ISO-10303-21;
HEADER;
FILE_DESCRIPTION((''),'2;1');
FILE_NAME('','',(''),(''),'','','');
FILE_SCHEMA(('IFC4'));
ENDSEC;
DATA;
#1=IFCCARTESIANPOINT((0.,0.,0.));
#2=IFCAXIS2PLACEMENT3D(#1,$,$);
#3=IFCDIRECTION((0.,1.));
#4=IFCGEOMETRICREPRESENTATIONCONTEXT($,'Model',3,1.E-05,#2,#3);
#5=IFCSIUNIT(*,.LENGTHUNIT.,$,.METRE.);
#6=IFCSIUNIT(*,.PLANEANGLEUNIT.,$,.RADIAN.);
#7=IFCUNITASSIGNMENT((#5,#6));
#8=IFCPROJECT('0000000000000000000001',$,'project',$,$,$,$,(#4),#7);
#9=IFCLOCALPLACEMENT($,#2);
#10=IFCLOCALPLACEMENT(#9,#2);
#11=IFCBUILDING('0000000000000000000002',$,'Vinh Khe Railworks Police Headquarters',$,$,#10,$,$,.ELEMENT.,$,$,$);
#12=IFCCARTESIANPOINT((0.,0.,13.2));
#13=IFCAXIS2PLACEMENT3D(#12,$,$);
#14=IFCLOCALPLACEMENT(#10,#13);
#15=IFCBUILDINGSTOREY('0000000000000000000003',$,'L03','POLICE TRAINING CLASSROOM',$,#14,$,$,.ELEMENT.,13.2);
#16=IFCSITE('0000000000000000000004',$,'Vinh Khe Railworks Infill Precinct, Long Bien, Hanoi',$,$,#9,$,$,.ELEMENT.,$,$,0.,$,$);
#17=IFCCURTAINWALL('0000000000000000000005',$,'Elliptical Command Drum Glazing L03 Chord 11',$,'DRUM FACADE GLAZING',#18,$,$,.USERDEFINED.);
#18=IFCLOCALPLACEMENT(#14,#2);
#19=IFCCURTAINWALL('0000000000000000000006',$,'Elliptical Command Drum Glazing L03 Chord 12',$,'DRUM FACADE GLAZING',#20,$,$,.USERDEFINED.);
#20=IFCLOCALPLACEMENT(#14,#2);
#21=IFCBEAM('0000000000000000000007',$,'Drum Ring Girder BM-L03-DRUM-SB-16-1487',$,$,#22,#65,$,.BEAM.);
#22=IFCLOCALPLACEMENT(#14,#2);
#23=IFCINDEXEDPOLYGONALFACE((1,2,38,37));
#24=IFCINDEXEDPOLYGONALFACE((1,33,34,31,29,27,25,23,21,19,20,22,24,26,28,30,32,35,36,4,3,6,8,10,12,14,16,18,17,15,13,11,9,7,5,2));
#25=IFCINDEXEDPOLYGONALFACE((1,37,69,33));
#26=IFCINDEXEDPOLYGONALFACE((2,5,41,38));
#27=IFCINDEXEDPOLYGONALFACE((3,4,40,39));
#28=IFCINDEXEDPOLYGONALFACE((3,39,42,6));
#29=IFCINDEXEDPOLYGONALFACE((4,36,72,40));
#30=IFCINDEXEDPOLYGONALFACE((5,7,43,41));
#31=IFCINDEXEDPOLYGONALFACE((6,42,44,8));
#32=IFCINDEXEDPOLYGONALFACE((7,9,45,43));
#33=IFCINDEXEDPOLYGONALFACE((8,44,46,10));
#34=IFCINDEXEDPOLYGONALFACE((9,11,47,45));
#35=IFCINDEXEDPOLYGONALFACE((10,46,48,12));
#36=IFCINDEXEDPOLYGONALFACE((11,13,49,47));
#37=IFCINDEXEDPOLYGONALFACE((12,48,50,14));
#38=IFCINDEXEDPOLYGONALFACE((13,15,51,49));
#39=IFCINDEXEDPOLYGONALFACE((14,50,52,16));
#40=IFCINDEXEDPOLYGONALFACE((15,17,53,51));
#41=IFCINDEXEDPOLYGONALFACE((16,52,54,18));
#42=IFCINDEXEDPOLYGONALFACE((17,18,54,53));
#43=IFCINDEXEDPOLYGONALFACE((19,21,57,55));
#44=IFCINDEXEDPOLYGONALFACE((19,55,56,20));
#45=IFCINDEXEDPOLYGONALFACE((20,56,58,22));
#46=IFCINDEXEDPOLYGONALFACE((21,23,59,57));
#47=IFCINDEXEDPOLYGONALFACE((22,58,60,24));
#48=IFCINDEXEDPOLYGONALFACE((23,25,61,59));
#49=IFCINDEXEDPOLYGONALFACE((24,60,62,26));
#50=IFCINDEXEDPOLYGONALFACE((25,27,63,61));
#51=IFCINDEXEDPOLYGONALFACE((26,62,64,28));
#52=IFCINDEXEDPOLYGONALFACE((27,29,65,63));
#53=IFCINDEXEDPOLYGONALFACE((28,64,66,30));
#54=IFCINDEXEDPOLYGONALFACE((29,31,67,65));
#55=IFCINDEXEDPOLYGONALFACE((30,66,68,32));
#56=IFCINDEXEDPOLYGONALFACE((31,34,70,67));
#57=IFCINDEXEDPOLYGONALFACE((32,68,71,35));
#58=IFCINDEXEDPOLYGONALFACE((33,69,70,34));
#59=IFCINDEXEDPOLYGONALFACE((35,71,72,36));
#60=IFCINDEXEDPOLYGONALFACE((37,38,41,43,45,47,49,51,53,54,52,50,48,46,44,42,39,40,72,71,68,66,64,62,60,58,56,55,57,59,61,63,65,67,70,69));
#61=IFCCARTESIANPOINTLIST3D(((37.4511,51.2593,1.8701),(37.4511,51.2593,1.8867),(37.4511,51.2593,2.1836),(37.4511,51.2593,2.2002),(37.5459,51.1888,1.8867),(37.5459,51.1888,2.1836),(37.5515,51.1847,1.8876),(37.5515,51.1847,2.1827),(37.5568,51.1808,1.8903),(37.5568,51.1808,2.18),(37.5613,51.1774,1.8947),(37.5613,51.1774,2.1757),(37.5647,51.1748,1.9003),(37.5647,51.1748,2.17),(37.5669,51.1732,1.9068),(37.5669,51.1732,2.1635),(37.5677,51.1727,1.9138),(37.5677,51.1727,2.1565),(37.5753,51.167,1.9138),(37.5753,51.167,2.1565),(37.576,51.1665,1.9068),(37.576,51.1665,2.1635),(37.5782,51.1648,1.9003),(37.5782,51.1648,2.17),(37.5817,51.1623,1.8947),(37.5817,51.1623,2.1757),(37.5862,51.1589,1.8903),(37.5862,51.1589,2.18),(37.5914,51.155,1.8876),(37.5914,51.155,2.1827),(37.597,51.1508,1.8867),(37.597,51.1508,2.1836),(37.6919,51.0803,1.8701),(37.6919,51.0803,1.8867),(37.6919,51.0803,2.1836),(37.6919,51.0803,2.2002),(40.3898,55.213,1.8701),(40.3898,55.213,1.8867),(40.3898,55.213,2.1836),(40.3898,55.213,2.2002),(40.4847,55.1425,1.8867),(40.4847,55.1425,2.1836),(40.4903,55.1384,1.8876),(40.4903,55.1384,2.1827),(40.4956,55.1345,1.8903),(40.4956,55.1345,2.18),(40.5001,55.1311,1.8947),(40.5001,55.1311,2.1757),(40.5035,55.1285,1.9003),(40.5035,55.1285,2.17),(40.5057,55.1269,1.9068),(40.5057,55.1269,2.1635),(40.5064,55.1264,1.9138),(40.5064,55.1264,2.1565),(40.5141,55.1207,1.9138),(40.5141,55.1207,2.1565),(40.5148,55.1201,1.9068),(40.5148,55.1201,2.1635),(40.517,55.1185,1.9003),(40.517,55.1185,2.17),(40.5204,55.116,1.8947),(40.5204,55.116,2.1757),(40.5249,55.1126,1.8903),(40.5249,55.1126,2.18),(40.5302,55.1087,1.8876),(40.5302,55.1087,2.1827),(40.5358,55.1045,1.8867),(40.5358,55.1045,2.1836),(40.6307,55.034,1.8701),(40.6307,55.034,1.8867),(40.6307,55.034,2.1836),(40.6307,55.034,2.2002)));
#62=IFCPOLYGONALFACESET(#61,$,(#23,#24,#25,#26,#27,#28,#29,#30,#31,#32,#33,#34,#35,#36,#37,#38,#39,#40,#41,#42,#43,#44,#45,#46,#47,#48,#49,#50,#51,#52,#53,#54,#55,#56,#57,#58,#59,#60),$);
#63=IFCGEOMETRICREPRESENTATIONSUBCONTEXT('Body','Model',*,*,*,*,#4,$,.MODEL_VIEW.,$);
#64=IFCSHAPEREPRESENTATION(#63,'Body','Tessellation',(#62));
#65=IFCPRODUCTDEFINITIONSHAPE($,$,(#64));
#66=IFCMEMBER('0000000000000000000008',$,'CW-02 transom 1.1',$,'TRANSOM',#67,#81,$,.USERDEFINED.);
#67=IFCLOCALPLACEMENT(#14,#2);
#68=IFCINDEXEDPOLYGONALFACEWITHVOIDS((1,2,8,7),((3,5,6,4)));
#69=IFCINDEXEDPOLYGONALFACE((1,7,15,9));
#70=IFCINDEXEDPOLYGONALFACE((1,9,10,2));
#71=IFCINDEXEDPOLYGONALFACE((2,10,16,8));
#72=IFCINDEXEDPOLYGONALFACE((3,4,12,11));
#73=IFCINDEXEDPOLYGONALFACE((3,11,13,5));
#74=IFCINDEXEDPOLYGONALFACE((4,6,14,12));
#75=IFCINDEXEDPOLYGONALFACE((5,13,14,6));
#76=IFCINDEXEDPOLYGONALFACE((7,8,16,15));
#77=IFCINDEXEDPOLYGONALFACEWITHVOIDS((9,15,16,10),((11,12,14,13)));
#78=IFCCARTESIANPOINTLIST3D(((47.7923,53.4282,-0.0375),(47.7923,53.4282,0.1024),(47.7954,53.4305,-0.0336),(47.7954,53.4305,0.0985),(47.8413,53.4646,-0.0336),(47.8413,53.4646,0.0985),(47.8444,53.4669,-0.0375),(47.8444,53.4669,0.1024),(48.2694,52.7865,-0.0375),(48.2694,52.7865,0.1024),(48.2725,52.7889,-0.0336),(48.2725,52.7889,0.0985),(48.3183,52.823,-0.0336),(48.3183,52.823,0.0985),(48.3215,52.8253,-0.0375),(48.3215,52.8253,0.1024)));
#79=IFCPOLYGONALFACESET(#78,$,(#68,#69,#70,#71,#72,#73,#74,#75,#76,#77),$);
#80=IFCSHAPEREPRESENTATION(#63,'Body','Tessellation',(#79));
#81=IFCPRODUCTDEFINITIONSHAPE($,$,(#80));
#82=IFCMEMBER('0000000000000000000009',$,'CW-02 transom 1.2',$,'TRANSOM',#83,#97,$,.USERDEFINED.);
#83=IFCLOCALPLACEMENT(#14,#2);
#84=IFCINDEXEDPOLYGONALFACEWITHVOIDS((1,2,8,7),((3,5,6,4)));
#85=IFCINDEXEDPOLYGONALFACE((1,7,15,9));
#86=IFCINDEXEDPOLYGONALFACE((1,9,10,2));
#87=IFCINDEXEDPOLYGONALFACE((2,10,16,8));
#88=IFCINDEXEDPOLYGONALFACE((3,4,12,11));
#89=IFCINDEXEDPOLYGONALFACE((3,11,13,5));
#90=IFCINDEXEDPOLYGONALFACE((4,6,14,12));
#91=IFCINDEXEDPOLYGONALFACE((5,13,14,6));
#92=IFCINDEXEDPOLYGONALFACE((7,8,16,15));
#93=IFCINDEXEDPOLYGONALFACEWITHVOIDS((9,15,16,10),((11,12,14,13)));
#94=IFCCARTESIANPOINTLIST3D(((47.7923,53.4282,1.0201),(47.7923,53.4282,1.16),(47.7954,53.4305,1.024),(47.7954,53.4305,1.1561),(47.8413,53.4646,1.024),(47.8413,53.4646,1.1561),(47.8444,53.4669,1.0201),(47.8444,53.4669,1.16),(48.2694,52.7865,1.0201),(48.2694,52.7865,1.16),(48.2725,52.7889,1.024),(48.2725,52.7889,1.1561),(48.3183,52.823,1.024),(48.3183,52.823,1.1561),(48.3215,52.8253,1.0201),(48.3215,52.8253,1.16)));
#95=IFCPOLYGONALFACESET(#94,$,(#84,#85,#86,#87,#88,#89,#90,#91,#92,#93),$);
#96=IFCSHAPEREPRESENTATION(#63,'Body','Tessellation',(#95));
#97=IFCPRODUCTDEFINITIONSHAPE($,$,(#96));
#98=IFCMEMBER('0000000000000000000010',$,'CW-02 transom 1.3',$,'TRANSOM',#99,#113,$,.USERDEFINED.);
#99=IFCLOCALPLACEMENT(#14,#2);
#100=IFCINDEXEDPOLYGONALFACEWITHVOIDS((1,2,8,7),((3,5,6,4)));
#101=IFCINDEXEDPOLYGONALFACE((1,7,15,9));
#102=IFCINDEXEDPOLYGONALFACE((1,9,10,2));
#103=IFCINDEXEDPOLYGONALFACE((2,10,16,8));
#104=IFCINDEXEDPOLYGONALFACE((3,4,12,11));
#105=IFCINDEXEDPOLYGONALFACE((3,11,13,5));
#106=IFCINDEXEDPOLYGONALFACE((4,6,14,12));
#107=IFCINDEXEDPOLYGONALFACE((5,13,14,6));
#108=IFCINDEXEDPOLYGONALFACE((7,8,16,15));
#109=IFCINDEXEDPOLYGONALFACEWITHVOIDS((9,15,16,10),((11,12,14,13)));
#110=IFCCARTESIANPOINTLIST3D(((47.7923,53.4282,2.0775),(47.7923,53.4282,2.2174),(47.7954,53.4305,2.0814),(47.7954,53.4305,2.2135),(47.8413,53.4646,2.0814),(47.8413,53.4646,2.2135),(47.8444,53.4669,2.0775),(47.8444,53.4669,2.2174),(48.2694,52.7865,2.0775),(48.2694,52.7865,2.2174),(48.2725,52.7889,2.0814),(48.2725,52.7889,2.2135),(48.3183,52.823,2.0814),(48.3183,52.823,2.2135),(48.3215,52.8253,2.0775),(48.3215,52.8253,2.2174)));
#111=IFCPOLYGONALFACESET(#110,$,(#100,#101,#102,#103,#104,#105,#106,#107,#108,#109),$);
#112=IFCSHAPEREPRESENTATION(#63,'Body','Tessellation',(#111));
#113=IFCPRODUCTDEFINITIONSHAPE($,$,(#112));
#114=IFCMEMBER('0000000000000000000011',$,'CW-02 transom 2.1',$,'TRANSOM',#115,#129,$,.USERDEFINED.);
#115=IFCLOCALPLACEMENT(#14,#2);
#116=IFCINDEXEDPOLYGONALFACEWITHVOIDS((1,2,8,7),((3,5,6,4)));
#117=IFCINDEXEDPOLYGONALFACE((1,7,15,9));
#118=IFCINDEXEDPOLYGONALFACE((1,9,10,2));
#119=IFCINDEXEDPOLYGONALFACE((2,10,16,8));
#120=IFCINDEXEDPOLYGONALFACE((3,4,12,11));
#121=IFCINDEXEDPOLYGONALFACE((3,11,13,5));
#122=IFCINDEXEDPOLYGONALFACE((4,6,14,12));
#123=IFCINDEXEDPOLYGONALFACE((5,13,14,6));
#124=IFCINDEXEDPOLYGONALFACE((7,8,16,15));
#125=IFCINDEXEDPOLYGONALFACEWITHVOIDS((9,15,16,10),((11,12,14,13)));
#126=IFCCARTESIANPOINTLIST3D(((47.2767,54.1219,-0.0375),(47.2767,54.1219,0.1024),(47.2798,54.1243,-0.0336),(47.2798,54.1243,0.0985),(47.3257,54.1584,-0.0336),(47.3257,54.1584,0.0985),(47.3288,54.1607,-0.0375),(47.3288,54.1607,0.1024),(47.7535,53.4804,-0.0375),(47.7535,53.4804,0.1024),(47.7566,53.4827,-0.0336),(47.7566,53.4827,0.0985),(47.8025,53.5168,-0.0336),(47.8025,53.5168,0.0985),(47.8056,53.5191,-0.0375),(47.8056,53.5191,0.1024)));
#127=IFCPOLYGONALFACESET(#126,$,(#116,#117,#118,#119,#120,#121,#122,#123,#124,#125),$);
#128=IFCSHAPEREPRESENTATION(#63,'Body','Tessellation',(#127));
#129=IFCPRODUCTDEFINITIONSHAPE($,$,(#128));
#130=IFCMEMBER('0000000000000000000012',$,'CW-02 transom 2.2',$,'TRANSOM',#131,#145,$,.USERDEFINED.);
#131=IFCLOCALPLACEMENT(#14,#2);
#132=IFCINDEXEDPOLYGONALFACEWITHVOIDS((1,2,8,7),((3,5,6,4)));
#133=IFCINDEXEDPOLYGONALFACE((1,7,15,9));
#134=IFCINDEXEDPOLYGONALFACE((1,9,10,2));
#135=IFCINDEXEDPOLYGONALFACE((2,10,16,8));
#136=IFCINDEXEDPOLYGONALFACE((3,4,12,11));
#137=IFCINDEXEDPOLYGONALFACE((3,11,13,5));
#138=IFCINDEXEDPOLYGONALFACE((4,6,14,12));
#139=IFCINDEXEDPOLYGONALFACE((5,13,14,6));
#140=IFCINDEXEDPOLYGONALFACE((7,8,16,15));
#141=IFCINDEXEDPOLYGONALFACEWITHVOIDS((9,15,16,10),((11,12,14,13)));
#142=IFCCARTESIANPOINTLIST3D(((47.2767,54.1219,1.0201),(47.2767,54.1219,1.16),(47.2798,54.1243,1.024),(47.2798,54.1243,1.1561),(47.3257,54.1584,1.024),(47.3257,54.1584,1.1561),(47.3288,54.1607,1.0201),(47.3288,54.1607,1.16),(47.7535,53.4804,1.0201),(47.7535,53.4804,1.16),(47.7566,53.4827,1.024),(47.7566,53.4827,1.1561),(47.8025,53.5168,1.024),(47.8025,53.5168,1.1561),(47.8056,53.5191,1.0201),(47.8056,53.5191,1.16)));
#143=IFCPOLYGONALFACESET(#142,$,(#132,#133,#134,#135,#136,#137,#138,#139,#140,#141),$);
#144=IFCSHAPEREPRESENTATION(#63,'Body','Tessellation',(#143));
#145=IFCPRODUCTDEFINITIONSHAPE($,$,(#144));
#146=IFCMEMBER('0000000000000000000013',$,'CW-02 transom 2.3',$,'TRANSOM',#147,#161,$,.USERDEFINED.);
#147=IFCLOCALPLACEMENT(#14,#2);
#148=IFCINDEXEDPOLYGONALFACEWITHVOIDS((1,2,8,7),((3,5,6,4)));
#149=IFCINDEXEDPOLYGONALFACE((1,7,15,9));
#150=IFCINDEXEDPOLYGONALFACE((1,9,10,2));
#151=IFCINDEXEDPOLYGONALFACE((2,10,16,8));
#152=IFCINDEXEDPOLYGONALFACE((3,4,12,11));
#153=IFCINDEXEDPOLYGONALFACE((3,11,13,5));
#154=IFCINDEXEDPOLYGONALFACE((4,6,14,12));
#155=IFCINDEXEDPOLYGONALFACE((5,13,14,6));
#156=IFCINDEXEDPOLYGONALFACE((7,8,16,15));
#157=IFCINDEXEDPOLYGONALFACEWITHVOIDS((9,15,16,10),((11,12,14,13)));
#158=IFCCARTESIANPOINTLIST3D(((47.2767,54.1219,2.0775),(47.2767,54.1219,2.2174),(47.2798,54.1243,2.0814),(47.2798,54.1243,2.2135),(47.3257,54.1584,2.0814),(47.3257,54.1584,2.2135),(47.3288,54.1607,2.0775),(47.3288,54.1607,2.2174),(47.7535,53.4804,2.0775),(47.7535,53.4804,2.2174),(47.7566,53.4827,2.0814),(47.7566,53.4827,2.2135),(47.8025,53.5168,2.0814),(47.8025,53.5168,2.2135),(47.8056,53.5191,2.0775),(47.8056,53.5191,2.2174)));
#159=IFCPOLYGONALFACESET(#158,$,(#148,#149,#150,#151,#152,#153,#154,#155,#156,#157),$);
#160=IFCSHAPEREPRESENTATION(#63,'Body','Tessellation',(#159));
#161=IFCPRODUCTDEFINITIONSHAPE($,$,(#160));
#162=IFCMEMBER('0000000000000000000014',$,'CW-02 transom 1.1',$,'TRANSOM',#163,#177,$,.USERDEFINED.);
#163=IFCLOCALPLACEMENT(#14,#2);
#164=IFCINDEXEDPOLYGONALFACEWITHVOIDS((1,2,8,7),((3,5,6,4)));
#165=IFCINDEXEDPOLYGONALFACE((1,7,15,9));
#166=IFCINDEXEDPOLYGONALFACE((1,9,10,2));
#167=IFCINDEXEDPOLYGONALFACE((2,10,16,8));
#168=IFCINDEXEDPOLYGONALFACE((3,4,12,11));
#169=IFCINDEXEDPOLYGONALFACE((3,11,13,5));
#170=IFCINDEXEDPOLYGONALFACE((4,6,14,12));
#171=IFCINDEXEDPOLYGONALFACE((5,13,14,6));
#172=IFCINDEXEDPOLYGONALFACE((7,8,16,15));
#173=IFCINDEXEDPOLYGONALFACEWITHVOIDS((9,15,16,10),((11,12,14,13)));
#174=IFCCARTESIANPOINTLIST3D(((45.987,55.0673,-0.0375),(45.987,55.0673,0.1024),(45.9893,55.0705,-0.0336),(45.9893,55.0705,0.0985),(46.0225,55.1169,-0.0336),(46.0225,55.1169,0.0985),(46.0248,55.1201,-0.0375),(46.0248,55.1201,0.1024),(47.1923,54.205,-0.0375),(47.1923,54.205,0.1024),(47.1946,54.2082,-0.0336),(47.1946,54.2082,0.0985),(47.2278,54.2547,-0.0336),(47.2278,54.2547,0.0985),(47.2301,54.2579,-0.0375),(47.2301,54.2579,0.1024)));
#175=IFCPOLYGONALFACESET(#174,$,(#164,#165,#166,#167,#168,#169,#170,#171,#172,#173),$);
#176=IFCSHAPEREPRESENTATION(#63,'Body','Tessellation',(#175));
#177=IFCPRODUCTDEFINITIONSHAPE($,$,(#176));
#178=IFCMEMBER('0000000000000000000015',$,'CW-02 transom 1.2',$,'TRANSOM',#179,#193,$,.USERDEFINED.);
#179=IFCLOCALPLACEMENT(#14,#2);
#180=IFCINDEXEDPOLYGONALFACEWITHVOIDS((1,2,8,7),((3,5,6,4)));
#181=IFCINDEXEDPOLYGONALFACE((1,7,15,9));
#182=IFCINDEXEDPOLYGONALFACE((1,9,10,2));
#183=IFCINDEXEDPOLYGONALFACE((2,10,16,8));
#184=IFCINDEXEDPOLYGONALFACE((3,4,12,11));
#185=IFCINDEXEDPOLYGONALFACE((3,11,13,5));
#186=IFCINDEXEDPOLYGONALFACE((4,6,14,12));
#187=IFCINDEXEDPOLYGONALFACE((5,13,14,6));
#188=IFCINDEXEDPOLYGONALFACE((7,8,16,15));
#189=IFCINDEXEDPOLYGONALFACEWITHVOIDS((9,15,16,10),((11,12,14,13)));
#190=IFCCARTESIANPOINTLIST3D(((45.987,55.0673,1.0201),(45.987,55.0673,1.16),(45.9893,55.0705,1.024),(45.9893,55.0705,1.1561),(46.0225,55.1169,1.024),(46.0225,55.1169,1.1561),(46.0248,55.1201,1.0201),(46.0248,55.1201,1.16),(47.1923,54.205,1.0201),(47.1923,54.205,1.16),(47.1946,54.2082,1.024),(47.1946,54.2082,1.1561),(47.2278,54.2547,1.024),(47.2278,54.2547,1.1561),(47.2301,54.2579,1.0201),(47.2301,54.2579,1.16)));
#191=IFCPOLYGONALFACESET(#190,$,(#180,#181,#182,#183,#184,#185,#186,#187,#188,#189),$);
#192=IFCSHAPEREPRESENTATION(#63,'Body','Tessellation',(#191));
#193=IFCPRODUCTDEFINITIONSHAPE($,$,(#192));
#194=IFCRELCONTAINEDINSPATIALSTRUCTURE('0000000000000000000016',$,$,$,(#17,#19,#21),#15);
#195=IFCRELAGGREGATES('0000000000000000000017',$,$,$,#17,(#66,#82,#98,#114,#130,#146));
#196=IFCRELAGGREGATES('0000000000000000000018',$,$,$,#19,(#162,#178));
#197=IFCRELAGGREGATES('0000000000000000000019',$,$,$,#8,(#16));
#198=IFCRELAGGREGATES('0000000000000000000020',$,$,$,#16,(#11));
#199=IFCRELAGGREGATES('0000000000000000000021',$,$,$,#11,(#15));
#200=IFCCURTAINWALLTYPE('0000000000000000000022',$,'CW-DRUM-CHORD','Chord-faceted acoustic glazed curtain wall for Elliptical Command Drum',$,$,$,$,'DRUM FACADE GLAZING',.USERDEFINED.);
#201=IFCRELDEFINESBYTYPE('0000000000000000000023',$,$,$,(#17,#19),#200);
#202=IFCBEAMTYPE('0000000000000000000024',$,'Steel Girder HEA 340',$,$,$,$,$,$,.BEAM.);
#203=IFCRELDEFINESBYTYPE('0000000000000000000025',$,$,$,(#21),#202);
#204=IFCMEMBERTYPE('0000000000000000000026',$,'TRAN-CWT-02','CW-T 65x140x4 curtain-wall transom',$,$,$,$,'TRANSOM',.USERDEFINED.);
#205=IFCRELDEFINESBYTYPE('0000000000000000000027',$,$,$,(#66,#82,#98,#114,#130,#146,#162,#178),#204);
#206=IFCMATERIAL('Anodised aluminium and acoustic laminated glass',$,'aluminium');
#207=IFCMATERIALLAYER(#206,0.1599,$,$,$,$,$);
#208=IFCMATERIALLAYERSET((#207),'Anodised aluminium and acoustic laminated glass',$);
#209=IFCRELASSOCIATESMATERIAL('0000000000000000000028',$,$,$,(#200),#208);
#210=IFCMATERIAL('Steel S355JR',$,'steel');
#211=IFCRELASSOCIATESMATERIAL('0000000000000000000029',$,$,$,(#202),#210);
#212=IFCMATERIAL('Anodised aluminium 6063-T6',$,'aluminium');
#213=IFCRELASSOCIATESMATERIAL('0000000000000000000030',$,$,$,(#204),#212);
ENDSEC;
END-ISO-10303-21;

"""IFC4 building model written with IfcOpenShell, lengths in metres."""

from ifc_helpers import new_model, si_unit, direction, frame, origin, origin_2d, place, context, subcontext, project, spatial, hollow_rectangle, i_section, extrude, material, layer, layer_set, material_profile, profile_set, type_object, element, aggregate, save


model = new_model("IFC4")

# Units and contexts
model_context = context("Model", 3, precision=1e-05, world=origin(), true_north=direction((0.0, 1.0)))
body_context = subcontext(model_context, "Body", "Model", "MODEL_VIEW")
ifc_project = project(units=[si_unit("LENGTHUNIT", "METRE"), si_unit("PLANEANGLEUNIT", "RADIAN")], contexts=[model_context])

# Site, building, storey
site_placement = place(None, origin())
site = spatial("IfcSite", under=ifc_project, at=site_placement, Name="Vinh Khe Railworks Infill Precinct, Long Bien, Hanoi", CompositionType="ELEMENT", RefElevation=0.0)
building_placement = place(site_placement, origin())
building = spatial("IfcBuilding", under=site, at=building_placement, Name="Vinh Khe Railworks Police Headquarters", CompositionType="ELEMENT")
storey_placement = place(building_placement, frame((0.0, 0.0, 13.2)))
storey = spatial("IfcBuildingStorey", under=building, at=storey_placement, Name="L03", Description="POLICE TRAINING CLASSROOM", CompositionType="ELEMENT", Elevation=13.2)

# Shared definitions
ifc_material_1 = material(Name="Steel S355JR", Category="steel")

# Shared definitions
ifc_material_2 = material(Name="Anodised aluminium and acoustic laminated glass", Category="aluminium")
ifc_layer_1 = layer(ifc_material_2, 0.1599)
ifc_layer_set_1 = layer_set([ifc_layer_1], Name="Anodised aluminium and acoustic laminated glass")
curtain_wall_type = type_object("IfcCurtainWallType", Name="CW-DRUM-CHORD", Description="Chord-faceted acoustic glazed curtain wall for Elliptical Command Drum", ElementType="DRUM FACADE GLAZING", PredefinedType="USERDEFINED", material=ifc_layer_set_1)
ifc_material_3 = material(Name="Anodised aluminium 6063-T6", Category="aluminium")

# Curtain walls
curtain_wall_1_placement = place(storey_placement, origin())
curtain_wall_1 = element("IfcCurtainWall", 1, at=curtain_wall_1_placement, inside=storey, type_object=curtain_wall_type, Name="Elliptical Command Drum Glazing L03 Chord 11", ObjectType="DRUM FACADE GLAZING", PredefinedType="USERDEFINED")
curtain_wall_2_placement = place(storey_placement, origin())
curtain_wall_2 = element("IfcCurtainWall", 2, at=curtain_wall_2_placement, inside=storey, type_object=curtain_wall_type, Name="Elliptical Command Drum Glazing L03 Chord 12", ObjectType="DRUM FACADE GLAZING", PredefinedType="USERDEFINED")

# Beam
ifc_material_profile_1 = material_profile(ifc_material_1, i_section(OverallWidth=0.3, OverallDepth=0.3301, WebThickness=0.0095, FlangeThickness=0.0166, FilletRadius=0.0271, at=origin_2d()), Name="HEA 340")
ifc_profile_set_1 = profile_set([ifc_material_profile_1], Name="Steel S355JR")
beam_type = type_object("IfcBeamType", Name="Steel Girder HEA 340", PredefinedType="BEAM", material=ifc_profile_set_1)
for number, where, z_axis, x_axis, name in (
    (3, (40.5103, 55.1235, 2.0352), (-0.596553, -0.802574, 0.0), (0.802574, -0.596553, 0.0), "Drum Ring Girder BM-L03-DRUM-SB-16-1487"),
):
    element("IfcBeam", number, at=place(storey_placement, frame(where, z_axis=z_axis, x_axis=x_axis)), inside=storey, type_object=beam_type, Name=name, PredefinedType="BEAM", context=body_context, shape_type="SweptSolid", body=[
        extrude(i_section(OverallWidth=0.3, OverallDepth=0.3301, WebThickness=0.0095, FlangeThickness=0.0166, FilletRadius=0.0271, at=origin_2d()), origin(), (0.0, 0.0, 1.0), 4.9263),
    ])

# Members
ifc_material_profile_2 = material_profile(ifc_material_3, hollow_rectangle(XDim=0.0649, YDim=0.1399, WallThickness=0.0039, at=origin_2d()), Name="CW-T 65x140x4")
ifc_profile_set_2 = profile_set([ifc_material_profile_2], Name="Anodised aluminium 6063-T6")
member_type_1 = type_object("IfcMemberType", Name="TRAN-CWT-02", Description="CW-T 65x140x4 curtain-wall transom", ElementType="TRANSOM", PredefinedType="USERDEFINED", material=ifc_profile_set_2)
member_1_placement = place(storey_placement, frame((48.2954, 52.8059, 0.0325), z_axis=(-0.596673, 0.802485, 0.0), x_axis=(-0.802485, -0.596673, 0.0)))
member_1 = element("IfcMember", 4, at=member_1_placement, type_object=member_type_1, Name="CW-02 transom 1.1", ObjectType="TRANSOM", PredefinedType="USERDEFINED", context=body_context, shape_type="SweptSolid", body=[
    extrude(hollow_rectangle(XDim=0.0649, YDim=0.1399, WallThickness=0.0039, at=origin_2d()), origin(), (0.0, 0.0, 1.0), 0.7996),
])
member_2_placement = place(storey_placement, frame((48.2954, 52.8059, 1.0901), z_axis=(-0.596673, 0.802485, 0.0), x_axis=(-0.802485, -0.596673, 0.0)))
member_2 = element("IfcMember", 5, at=member_2_placement, type_object=member_type_1, Name="CW-02 transom 1.2", ObjectType="TRANSOM", PredefinedType="USERDEFINED", context=body_context, shape_type="SweptSolid", body=[
    extrude(hollow_rectangle(XDim=0.0649, YDim=0.1399, WallThickness=0.0039, at=origin_2d()), origin(), (0.0, 0.0, 1.0), 0.7996),
])
member_3_placement = place(storey_placement, frame((48.2954, 52.8059, 2.1475), z_axis=(-0.596673, 0.802485, 0.0), x_axis=(-0.802485, -0.596673, 0.0)))
member_3 = element("IfcMember", 6, at=member_3_placement, type_object=member_type_1, Name="CW-02 transom 1.3", ObjectType="TRANSOM", PredefinedType="USERDEFINED", context=body_context, shape_type="SweptSolid", body=[
    extrude(hollow_rectangle(XDim=0.0649, YDim=0.1399, WallThickness=0.0039, at=origin_2d()), origin(), (0.0, 0.0, 1.0), 0.7996),
])
member_4_placement = place(storey_placement, frame((47.7795, 53.4998, 0.0325), z_axis=(-0.596476, 0.802631, 0.0), x_axis=(-0.802631, -0.596476, 0.0)))
member_4 = element("IfcMember", 7, at=member_4_placement, type_object=member_type_1, Name="CW-02 transom 2.1", ObjectType="TRANSOM", PredefinedType="USERDEFINED", context=body_context, shape_type="SweptSolid", body=[
    extrude(hollow_rectangle(XDim=0.0649, YDim=0.1399, WallThickness=0.0039, at=origin_2d()), origin(), (0.0, 0.0, 1.0), 0.7993),
])
member_5_placement = place(storey_placement, frame((47.7795, 53.4998, 1.0901), z_axis=(-0.596476, 0.802631, 0.0), x_axis=(-0.802631, -0.596476, 0.0)))
member_5 = element("IfcMember", 8, at=member_5_placement, type_object=member_type_1, Name="CW-02 transom 2.2", ObjectType="TRANSOM", PredefinedType="USERDEFINED", context=body_context, shape_type="SweptSolid", body=[
    extrude(hollow_rectangle(XDim=0.0649, YDim=0.1399, WallThickness=0.0039, at=origin_2d()), origin(), (0.0, 0.0, 1.0), 0.7993),
])
member_6_placement = place(storey_placement, frame((47.7795, 53.4998, 2.1475), z_axis=(-0.596476, 0.802631, 0.0), x_axis=(-0.802631, -0.596476, 0.0)))
member_6 = element("IfcMember", 9, at=member_6_placement, type_object=member_type_1, Name="CW-02 transom 2.3", ObjectType="TRANSOM", PredefinedType="USERDEFINED", context=body_context, shape_type="SweptSolid", body=[
    extrude(hollow_rectangle(XDim=0.0649, YDim=0.1399, WallThickness=0.0039, at=origin_2d()), origin(), (0.0, 0.0, 1.0), 0.7993),
])
member_7_placement = place(storey_placement, frame((47.2112, 54.2314, 0.0325), z_axis=(-0.813299, 0.581846, 0.0), x_axis=(-0.581846, -0.813299, 0.0)))
member_7 = element("IfcMember", 10, at=member_7_placement, type_object=member_type_1, Name="CW-02 transom 1.1", ObjectType="TRANSOM", PredefinedType="USERDEFINED", context=body_context, shape_type="SweptSolid", body=[
    extrude(hollow_rectangle(XDim=0.0649, YDim=0.1399, WallThickness=0.0039, at=origin_2d()), origin(), (0.0, 0.0, 1.0), 1.4819),
])
member_8_placement = place(storey_placement, frame((47.2112, 54.2314, 1.0901), z_axis=(-0.813299, 0.581846, 0.0), x_axis=(-0.581846, -0.813299, 0.0)))
member_8 = element("IfcMember", 11, at=member_8_placement, type_object=member_type_1, Name="CW-02 transom 1.2", ObjectType="TRANSOM", PredefinedType="USERDEFINED", context=body_context, shape_type="SweptSolid", body=[
    extrude(hollow_rectangle(XDim=0.0649, YDim=0.1399, WallThickness=0.0039, at=origin_2d()), origin(), (0.0, 0.0, 1.0), 1.4819),
])

aggregate(curtain_wall_1, [member_1, member_2, member_3, member_4, member_5, member_6])
aggregate(curtain_wall_2, [member_7, member_8])

save(model, "model.ifc")
